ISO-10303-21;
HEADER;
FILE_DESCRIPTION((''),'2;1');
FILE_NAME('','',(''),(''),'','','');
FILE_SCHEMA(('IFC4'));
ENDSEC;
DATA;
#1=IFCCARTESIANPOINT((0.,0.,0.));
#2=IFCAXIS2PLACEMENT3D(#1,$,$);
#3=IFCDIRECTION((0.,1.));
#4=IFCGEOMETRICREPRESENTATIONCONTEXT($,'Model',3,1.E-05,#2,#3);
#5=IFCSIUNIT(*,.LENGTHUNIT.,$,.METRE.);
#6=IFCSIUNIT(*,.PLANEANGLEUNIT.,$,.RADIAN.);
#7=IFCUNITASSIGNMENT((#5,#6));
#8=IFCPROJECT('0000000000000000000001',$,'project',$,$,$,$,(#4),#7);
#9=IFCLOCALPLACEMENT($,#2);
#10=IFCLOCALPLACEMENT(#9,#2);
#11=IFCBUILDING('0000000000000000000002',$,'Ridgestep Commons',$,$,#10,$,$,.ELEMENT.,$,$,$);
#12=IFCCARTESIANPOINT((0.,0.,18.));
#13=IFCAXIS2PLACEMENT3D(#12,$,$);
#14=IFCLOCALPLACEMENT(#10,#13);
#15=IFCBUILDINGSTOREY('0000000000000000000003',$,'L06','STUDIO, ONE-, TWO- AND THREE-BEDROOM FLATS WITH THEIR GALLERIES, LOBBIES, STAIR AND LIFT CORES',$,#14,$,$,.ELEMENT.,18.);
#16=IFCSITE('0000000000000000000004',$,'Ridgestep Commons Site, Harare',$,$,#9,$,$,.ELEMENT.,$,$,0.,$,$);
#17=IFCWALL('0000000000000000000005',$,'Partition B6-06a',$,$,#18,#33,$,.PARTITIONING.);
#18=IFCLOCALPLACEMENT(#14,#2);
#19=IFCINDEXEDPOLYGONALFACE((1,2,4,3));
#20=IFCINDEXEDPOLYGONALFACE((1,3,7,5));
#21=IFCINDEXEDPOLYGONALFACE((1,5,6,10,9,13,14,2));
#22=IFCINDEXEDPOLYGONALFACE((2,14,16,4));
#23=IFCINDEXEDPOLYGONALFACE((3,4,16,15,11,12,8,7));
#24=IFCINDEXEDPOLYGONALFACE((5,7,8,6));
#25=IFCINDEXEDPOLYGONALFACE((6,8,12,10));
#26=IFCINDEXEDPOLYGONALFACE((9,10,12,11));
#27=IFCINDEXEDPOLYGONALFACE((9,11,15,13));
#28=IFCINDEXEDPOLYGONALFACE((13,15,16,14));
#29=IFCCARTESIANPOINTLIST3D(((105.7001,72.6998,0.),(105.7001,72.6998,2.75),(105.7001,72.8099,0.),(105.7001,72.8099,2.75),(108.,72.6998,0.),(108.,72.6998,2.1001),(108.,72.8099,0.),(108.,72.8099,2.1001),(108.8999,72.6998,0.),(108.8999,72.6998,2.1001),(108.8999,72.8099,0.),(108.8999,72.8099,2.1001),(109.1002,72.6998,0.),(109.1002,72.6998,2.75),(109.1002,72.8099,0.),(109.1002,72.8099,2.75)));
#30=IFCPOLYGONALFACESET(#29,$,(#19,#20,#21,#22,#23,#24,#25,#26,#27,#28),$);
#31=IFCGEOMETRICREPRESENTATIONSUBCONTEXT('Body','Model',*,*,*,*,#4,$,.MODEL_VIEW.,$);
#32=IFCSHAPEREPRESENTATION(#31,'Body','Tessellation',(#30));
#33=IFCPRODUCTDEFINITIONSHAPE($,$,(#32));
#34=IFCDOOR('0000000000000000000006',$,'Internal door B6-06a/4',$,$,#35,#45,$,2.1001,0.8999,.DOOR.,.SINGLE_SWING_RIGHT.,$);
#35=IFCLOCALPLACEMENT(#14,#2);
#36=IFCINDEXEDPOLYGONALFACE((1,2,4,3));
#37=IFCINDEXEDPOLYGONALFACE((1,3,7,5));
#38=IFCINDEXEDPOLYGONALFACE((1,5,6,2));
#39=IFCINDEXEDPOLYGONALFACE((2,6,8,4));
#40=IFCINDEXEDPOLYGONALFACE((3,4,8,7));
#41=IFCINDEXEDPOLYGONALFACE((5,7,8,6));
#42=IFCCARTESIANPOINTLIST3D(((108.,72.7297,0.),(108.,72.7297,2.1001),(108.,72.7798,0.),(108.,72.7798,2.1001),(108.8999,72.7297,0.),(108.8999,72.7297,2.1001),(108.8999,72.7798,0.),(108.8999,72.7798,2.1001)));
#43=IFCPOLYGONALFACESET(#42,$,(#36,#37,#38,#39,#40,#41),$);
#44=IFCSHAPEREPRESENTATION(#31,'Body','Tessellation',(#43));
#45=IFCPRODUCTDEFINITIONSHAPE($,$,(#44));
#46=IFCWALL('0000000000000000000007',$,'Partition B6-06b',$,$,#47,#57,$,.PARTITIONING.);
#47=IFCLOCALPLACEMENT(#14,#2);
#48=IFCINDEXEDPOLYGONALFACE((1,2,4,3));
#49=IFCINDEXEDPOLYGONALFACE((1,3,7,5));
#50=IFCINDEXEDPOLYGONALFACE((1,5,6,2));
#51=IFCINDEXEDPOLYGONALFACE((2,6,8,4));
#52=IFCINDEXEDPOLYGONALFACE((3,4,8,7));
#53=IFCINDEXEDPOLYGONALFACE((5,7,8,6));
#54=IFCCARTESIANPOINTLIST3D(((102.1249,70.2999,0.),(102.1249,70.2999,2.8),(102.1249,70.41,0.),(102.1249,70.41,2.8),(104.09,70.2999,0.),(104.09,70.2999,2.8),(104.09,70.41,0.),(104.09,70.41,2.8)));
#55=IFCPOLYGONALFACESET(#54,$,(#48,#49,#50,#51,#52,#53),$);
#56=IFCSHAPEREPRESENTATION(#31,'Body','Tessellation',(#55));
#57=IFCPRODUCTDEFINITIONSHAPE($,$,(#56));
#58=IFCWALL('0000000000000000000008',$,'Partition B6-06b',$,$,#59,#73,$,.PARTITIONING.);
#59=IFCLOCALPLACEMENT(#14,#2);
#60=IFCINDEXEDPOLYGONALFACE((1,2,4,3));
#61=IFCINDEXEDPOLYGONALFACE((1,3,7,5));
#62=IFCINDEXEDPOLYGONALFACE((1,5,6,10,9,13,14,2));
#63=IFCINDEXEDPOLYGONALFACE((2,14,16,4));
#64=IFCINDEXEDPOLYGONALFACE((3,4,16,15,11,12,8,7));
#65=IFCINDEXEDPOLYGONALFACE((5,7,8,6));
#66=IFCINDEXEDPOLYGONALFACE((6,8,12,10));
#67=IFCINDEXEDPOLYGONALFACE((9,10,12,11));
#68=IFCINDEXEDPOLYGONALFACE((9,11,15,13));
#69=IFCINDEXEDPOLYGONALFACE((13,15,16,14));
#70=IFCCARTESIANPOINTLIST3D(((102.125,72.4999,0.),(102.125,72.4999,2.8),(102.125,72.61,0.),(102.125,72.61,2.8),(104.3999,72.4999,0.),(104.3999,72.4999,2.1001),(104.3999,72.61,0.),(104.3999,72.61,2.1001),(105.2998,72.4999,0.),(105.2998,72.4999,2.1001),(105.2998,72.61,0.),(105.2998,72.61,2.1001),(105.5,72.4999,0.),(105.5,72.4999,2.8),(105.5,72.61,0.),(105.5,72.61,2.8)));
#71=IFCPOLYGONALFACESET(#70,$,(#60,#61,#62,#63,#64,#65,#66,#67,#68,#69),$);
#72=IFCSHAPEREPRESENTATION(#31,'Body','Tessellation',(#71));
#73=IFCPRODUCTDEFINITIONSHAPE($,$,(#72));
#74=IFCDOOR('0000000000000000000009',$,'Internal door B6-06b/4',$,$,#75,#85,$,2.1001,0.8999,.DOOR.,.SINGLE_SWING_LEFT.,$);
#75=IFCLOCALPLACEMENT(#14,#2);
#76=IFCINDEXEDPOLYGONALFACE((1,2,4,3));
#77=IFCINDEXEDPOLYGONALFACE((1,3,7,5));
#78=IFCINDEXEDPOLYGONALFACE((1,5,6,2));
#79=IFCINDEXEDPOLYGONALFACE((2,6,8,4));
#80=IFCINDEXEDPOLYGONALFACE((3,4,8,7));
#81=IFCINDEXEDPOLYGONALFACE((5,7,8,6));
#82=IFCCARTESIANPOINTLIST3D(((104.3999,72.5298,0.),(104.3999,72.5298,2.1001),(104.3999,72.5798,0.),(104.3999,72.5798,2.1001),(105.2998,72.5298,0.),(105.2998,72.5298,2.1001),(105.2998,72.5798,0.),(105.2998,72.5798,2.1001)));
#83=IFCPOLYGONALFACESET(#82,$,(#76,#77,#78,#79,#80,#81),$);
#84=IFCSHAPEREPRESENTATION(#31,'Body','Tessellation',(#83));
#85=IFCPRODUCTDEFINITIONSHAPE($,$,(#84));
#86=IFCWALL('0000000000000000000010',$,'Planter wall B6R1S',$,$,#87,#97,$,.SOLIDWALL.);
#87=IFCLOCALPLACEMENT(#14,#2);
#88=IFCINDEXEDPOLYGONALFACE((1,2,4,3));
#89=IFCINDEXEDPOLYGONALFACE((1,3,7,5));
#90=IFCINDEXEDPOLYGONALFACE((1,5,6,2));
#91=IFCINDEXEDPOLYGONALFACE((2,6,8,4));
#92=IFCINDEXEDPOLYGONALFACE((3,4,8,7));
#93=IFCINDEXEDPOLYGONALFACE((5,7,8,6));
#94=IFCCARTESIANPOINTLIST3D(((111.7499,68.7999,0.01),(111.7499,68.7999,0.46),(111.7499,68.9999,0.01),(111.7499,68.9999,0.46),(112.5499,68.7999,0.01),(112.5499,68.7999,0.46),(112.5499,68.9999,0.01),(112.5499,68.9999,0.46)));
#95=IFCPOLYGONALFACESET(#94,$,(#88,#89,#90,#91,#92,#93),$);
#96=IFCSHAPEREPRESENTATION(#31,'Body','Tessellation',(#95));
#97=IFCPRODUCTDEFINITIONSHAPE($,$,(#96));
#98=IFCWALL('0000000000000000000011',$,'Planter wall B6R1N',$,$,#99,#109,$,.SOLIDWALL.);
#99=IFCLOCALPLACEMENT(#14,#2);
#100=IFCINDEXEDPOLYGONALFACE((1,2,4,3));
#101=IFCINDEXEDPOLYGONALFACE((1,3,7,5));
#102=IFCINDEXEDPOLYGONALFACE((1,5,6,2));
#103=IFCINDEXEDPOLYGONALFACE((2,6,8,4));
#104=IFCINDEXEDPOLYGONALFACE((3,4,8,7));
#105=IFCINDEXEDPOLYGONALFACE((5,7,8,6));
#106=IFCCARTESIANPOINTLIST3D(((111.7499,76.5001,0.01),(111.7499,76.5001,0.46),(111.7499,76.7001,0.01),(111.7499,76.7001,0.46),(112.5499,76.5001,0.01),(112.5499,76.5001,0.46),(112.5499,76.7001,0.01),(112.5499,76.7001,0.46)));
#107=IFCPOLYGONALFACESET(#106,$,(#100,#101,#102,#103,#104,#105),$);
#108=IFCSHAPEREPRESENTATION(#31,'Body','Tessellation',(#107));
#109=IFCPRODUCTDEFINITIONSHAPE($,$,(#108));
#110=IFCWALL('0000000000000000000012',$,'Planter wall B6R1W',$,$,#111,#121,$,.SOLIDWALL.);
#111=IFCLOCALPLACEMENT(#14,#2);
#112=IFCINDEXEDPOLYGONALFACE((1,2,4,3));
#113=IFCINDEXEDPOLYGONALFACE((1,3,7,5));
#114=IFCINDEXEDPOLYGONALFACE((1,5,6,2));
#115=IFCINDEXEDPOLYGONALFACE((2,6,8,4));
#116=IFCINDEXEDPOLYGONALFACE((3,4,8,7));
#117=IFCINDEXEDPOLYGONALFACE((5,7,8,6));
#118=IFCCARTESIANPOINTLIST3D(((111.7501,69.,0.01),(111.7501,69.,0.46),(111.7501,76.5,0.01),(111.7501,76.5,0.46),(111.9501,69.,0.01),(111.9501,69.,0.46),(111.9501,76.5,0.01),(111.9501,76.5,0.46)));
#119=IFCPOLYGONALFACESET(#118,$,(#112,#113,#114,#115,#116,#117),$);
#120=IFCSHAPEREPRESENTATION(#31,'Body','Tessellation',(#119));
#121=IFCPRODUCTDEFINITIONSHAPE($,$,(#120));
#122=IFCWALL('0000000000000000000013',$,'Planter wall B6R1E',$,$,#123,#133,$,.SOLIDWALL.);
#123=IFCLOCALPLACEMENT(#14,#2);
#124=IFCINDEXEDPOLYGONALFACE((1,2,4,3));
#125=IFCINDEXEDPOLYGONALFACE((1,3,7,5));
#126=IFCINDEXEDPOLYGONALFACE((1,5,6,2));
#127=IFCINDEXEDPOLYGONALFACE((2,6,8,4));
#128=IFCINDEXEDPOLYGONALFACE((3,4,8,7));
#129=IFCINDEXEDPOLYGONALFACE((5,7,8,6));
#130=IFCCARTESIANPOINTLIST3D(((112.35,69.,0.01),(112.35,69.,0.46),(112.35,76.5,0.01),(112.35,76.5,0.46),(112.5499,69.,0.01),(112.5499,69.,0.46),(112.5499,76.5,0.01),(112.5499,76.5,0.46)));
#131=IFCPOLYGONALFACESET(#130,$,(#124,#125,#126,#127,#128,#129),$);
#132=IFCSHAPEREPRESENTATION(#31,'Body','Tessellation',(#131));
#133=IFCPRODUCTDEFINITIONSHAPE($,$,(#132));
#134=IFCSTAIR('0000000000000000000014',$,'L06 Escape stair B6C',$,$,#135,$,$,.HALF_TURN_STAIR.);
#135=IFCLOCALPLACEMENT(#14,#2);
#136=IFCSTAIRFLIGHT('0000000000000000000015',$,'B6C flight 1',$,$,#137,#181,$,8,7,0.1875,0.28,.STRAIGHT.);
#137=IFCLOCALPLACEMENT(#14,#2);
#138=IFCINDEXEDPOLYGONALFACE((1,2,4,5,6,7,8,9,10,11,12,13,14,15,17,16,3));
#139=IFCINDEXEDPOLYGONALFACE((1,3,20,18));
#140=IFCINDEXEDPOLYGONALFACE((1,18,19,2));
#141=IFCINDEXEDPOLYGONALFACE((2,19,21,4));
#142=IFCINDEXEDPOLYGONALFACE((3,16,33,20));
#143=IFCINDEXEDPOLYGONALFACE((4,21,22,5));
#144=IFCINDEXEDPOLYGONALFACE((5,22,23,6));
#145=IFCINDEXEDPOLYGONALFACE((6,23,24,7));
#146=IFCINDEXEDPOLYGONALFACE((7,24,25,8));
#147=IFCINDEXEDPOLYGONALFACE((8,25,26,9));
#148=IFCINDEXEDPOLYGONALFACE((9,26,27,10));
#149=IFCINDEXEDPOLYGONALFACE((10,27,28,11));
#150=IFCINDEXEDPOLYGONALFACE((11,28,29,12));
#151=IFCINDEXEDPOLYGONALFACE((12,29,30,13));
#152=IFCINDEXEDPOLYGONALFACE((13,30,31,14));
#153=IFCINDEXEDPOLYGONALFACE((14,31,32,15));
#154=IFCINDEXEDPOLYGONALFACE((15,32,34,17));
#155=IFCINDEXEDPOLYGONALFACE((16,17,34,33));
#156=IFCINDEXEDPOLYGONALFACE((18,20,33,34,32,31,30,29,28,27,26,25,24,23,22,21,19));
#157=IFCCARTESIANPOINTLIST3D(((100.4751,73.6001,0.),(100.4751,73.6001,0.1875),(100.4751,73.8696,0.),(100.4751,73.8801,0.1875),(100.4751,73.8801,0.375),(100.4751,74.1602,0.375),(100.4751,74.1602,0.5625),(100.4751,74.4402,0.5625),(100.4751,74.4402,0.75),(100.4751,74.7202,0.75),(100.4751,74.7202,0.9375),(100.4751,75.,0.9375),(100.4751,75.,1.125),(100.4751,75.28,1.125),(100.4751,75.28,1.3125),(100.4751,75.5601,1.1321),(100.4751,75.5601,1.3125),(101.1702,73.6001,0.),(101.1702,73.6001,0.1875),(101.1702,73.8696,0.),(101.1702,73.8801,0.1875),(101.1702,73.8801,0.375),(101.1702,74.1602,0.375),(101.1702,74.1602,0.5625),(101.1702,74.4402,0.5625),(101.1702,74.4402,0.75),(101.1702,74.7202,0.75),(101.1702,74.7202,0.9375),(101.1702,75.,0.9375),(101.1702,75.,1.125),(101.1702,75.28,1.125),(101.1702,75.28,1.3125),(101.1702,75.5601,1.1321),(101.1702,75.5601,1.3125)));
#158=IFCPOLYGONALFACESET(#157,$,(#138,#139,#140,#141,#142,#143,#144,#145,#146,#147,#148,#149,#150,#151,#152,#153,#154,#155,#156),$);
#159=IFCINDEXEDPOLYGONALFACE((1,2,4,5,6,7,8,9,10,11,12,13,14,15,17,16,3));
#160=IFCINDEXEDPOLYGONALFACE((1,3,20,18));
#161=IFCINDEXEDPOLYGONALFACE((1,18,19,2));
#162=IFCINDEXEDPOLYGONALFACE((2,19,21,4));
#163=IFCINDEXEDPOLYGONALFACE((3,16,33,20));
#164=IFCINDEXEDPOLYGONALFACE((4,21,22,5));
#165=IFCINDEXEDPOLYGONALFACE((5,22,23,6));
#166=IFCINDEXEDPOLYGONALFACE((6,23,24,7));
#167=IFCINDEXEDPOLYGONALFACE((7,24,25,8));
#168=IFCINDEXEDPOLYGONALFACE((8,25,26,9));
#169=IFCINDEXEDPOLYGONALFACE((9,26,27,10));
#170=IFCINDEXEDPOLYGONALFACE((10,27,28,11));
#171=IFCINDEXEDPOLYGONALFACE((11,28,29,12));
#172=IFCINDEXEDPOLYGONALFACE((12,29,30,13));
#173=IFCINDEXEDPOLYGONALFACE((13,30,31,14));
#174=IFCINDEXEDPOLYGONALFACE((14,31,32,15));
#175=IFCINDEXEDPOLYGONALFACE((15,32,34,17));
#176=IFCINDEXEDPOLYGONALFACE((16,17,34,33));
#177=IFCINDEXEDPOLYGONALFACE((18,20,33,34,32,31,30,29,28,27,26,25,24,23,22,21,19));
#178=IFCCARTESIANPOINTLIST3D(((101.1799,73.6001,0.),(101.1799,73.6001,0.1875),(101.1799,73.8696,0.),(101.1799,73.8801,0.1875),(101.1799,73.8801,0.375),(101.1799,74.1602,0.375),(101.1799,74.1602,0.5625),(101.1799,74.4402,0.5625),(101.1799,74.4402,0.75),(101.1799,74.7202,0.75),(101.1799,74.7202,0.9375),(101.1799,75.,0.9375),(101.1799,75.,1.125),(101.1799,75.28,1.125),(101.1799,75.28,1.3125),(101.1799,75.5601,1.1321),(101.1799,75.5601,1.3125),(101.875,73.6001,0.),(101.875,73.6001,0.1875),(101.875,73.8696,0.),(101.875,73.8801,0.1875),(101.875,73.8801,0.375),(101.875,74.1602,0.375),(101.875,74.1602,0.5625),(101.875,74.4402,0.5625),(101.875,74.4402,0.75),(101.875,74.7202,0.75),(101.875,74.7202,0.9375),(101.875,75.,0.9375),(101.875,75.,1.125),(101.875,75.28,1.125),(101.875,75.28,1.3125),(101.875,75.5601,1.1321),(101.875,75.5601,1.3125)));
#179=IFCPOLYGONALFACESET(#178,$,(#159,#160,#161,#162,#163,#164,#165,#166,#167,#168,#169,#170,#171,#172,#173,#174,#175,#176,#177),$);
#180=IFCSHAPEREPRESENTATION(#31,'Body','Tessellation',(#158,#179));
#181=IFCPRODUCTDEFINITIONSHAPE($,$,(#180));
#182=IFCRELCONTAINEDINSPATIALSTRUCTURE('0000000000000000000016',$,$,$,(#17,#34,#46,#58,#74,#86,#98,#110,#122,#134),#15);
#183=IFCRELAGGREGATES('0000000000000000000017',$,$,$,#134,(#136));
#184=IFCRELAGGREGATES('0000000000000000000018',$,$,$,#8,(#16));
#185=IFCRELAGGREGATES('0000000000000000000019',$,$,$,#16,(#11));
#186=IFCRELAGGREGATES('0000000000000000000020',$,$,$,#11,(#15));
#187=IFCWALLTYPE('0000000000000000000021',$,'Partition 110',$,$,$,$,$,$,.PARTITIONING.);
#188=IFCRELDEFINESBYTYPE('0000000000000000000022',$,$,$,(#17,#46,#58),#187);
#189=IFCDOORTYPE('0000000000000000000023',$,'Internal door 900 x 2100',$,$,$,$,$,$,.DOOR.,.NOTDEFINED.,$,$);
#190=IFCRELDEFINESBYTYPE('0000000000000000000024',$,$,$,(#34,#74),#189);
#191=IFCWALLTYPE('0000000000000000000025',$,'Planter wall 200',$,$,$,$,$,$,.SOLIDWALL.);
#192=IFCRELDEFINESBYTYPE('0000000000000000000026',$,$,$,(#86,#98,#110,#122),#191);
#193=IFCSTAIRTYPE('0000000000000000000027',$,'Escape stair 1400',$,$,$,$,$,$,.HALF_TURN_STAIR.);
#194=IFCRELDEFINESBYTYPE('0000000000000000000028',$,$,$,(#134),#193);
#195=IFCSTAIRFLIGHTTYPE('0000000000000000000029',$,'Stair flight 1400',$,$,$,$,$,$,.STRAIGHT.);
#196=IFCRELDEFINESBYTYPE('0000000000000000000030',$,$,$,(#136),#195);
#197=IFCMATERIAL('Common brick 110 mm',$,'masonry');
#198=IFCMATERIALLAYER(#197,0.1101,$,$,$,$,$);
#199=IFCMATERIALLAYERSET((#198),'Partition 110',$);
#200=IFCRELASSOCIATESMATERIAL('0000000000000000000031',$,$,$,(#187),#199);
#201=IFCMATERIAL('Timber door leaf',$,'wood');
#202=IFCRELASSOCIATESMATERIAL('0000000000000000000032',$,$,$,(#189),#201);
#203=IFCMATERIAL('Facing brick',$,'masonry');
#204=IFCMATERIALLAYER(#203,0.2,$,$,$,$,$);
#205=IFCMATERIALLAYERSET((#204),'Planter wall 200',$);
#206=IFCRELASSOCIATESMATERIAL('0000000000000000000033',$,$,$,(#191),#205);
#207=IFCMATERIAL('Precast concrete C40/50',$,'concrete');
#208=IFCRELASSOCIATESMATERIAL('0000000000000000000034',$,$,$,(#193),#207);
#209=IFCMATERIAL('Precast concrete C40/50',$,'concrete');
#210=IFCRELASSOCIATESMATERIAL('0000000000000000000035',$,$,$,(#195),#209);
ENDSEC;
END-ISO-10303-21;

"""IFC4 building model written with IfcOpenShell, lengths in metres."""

from ifc_helpers import new_model, si_unit, direction, frame, frame_2d, origin, place, context, subcontext, project, spatial, polyline, rectangle, outline, extrude, material, layer, layer_set, type_object, element, fill, aggregate, save


model = new_model("IFC4")

# Units and contexts
model_context = context("Model", 3, precision=1e-05, world=origin(), true_north=direction((0.0, 1.0)))
body_context = subcontext(model_context, "Body", "Model", "MODEL_VIEW")
ifc_project = project(units=[si_unit("LENGTHUNIT", "METRE"), si_unit("PLANEANGLEUNIT", "RADIAN")], contexts=[model_context])

# Site, building, storey
site_placement = place(None, origin())
site = spatial("IfcSite", under=ifc_project, at=site_placement, Name="Ridgestep Commons Site, Harare", CompositionType="ELEMENT", RefElevation=0.0)
building_placement = place(site_placement, origin())
building = spatial("IfcBuilding", under=site, at=building_placement, Name="Ridgestep Commons", CompositionType="ELEMENT")
storey_placement = place(building_placement, frame((0.0, 0.0, 18.0)))
storey = spatial("IfcBuildingStorey", under=building, at=storey_placement, Name="L06", Description="STUDIO, ONE-, TWO- AND THREE-BEDROOM FLATS WITH THEIR GALLERIES, LOBBIES, STAIR AND LIFT CORES", CompositionType="ELEMENT", Elevation=18.0)

# Shared definitions
ifc_material_1 = material(Name="Common brick 110 mm", Category="masonry")
ifc_layer_1 = layer(ifc_material_1, 0.1101)
ifc_layer_set_1 = layer_set([ifc_layer_1], Name="Partition 110")
wall_type_1 = type_object("IfcWallType", Name="Partition 110", PredefinedType="PARTITIONING", material=ifc_layer_set_1)

# Wall, opening, door
wall_1_placement = place(storey_placement, frame((105.7, 72.7549, 0.0), z_axis=(0.0, 0.0, 1.0), x_axis=(1.0, 0.0, 0.0)))
wall_1 = element("IfcWall", 1, at=wall_1_placement, inside=storey, type_object=wall_type_1, Name="Partition B6-06a", PredefinedType="PARTITIONING", context=body_context, shape_type="SweptSolid", body=[
    extrude(rectangle(XDim=3.4001, YDim=0.1101, at=frame_2d((1.7002, 0.0))), origin(), (0.0, 0.0, 1.0), 2.75),
])
opening_1_placement = place(wall_1_placement, frame((2.3, 0.0, 0.0)))
opening_1 = element("IfcOpeningElement", 2, at=opening_1_placement, cuts=wall_1, PredefinedType="OPENING", context=body_context, shape_type="SweptSolid", body=[
    extrude(rectangle(XDim=0.8999, YDim=2.1001, at=frame_2d((0.45, 1.05))), frame((0.0, 0.0649, 0.0), z_axis=(0.0, -1.0, 0.0), x_axis=(1.0, 0.0, 0.0)), (0.0, 0.0, 1.0), 0.1301),
])
ifc_material_2 = material(Name="Timber door leaf", Category="wood")
door_type = type_object("IfcDoorType", Name="Internal door 900 x 2100", OperationType="NOTDEFINED", PredefinedType="DOOR", material=ifc_material_2)
door_1_placement = place(opening_1_placement, origin())
door_1 = element("IfcDoor", 3, at=door_1_placement, inside=storey, type_object=door_type, Name="Internal door B6-06a/4", OperationType="SINGLE_SWING_RIGHT", OverallHeight=2.1001, OverallWidth=0.8999, PredefinedType="DOOR", context=body_context, shape_type="SweptSolid", body=[
    extrude(rectangle(XDim=0.8999, YDim=2.1001, at=frame_2d((0.45, 1.05))), frame((0.0, 0.0249, 0.0), z_axis=(0.0, -1.0, 0.0), x_axis=(1.0, 0.0, 0.0)), (0.0, 0.0, 1.0), 0.05),
])
fill(opening_1, door_1)

# Wall
wall_2_placement = place(storey_placement, frame((102.125, 70.355, 0.0), z_axis=(0.0, 0.0, 1.0), x_axis=(1.0, 0.0, 0.0)))
element("IfcWall", 4, at=wall_2_placement, inside=storey, type_object=wall_type_1, Name="Partition B6-06b", PredefinedType="PARTITIONING", context=body_context, shape_type="SweptSolid", body=[
    extrude(rectangle(XDim=1.9651, YDim=0.1101, at=frame_2d((0.9824, 0.0))), origin(), (0.0, 0.0, 1.0), 2.8),
])

# Wall, opening, door
wall_3_placement = place(storey_placement, frame((102.125, 72.5549, 0.0), z_axis=(0.0, 0.0, 1.0), x_axis=(1.0, 0.0, 0.0)))
wall_3 = element("IfcWall", 5, at=wall_3_placement, inside=storey, type_object=wall_type_1, Name="Partition B6-06b", PredefinedType="PARTITIONING", context=body_context, shape_type="SweptSolid", body=[
    extrude(rectangle(XDim=3.375, YDim=0.1101, at=frame_2d((1.6875, 0.0))), origin(), (0.0, 0.0, 1.0), 2.8),
])
opening_2_placement = place(wall_3_placement, frame((2.2749, 0.0, 0.0)))
opening_2 = element("IfcOpeningElement", 6, at=opening_2_placement, cuts=wall_3, PredefinedType="OPENING", context=body_context, shape_type="SweptSolid", body=[
    extrude(rectangle(XDim=0.8999, YDim=2.1001, at=frame_2d((0.45, 1.05))), frame((0.0, 0.0649, 0.0), z_axis=(0.0, -1.0, 0.0), x_axis=(1.0, 0.0, 0.0)), (0.0, 0.0, 1.0), 0.1301),
])
door_2_placement = place(opening_2_placement, origin())
door_2 = element("IfcDoor", 7, at=door_2_placement, inside=storey, type_object=door_type, Name="Internal door B6-06b/4", OperationType="SINGLE_SWING_LEFT", OverallHeight=2.1001, OverallWidth=0.8999, PredefinedType="DOOR", context=body_context, shape_type="SweptSolid", body=[
    extrude(rectangle(XDim=0.8999, YDim=2.1001, at=frame_2d((0.45, 1.05))), frame((0.0, 0.0249, 0.0), z_axis=(0.0, -1.0, 0.0), x_axis=(1.0, 0.0, 0.0)), (0.0, 0.0, 1.0), 0.05),
])
fill(opening_2, door_2)

# Walls
ifc_material_3 = material(Name="Facing brick", Category="masonry")
ifc_layer_2 = layer(ifc_material_3, 0.2)
ifc_layer_set_2 = layer_set([ifc_layer_2], Name="Planter wall 200")
wall_type_2 = type_object("IfcWallType", Name="Planter wall 200", PredefinedType="SOLIDWALL", material=ifc_layer_set_2)
for number, where, z_axis, x_axis, name in (
    (8, (111.75, 68.8999, 0.01), (0.0, 0.0, 1.0), (1.0, 0.0, 0.0), "Planter wall B6R1S"),
    (9, (111.75, 76.6001, 0.01), (0.0, 0.0, 1.0), (1.0, 0.0, 0.0), "Planter wall B6R1N"),
):
    element("IfcWall", number, at=place(storey_placement, frame(where, z_axis=z_axis, x_axis=x_axis)), inside=storey, type_object=wall_type_2, Name=name, PredefinedType="SOLIDWALL", context=body_context, shape_type="SweptSolid", body=[
        extrude(rectangle(XDim=0.8, YDim=0.2, at=frame_2d((0.3999, 0.0))), origin(), (0.0, 0.0, 1.0), 0.45),
    ])
for number, where, z_axis, x_axis, name in (
    (10, (111.8501, 69.0, 0.01), (0.0, 0.0, 1.0), (0.0, 1.0, 0.0), "Planter wall B6R1W"),
    (11, (112.45, 69.0, 0.01), (0.0, 0.0, 1.0), (0.0, 1.0, 0.0), "Planter wall B6R1E"),
):
    element("IfcWall", number, at=place(storey_placement, frame(where, z_axis=z_axis, x_axis=x_axis)), inside=storey, type_object=wall_type_2, Name=name, PredefinedType="SOLIDWALL", context=body_context, shape_type="SweptSolid", body=[
        extrude(rectangle(XDim=7.5, YDim=0.2, at=frame_2d((3.75, 0.0))), origin(), (0.0, 0.0, 1.0), 0.45),
    ])

# Stair, stair flight
ifc_material_4 = material(Name="Precast concrete C40/50", Category="concrete")
stair_type = type_object("IfcStairType", Name="Escape stair 1400", PredefinedType="HALF_TURN_STAIR", material=ifc_material_4)
stair_placement = place(storey_placement, origin())
stair = element("IfcStair", 12, at=stair_placement, inside=storey, type_object=stair_type, Name="L06 Escape stair B6C", PredefinedType="HALF_TURN_STAIR")
ifc_material_5 = material(Name="Precast concrete C40/50", Category="concrete")
stair_flight_type = type_object("IfcStairFlightType", Name="Stair flight 1400", PredefinedType="STRAIGHT", material=ifc_material_5)
stair_flight_placement = place(storey_placement, frame((101.175, 73.6001, 0.0), z_axis=(0.0, 0.0, 1.0), x_axis=(0.0, 1.0, 0.0)))
stair_flight = element("IfcStairFlight", 13, at=stair_flight_placement, type_object=stair_flight_type, Name="B6C flight 1", NumberOfRisers=8, NumberOfTreads=7, PredefinedType="STRAIGHT", RiserHeight=0.1875, TreadLength=0.28, context=body_context, shape_type="SweptSolid", body=[
    extrude(outline(polyline([(0.0, 0.0), (0.0, 0.1875), (0.28, 0.1875), (0.28, 0.375), (0.5601, 0.375), (0.5601, 0.5625), (0.8401, 0.5625), (0.8401, 0.75), (1.1201, 0.75), (1.1201, 0.9375), (1.3999, 0.9375), (1.3999, 1.125), (1.6799, 1.125), (1.6799, 1.3125), (1.96, 1.3125), (1.96, 1.5), (1.96, 1.1321), (0.2695, 0.0), (0.0, 0.0)])), frame((0.0, 0.7, 0.0), z_axis=(0.0, -1.0, 0.0), x_axis=(1.0, 0.0, 0.0)), (0.0, 0.0, 1.0), 0.6951),
    extrude(outline(polyline([(0.0, 0.0), (0.0, 0.1875), (0.28, 0.1875), (0.28, 0.375), (0.5601, 0.375), (0.5601, 0.5625), (0.8401, 0.5625), (0.8401, 0.75), (1.1201, 0.75), (1.1201, 0.9375), (1.3999, 0.9375), (1.3999, 1.125), (1.6799, 1.125), (1.6799, 1.3125), (1.96, 1.3125), (1.96, 1.5), (1.96, 1.1321), (0.2695, 0.0), (0.0, 0.0)])), frame((0.0, -0.0049, 0.0), z_axis=(0.0, -1.0, 0.0), x_axis=(1.0, 0.0, 0.0)), (0.0, 0.0, 1.0), 0.6951),
])
aggregate(stair, [stair_flight])

save(model, "model.ifc")
